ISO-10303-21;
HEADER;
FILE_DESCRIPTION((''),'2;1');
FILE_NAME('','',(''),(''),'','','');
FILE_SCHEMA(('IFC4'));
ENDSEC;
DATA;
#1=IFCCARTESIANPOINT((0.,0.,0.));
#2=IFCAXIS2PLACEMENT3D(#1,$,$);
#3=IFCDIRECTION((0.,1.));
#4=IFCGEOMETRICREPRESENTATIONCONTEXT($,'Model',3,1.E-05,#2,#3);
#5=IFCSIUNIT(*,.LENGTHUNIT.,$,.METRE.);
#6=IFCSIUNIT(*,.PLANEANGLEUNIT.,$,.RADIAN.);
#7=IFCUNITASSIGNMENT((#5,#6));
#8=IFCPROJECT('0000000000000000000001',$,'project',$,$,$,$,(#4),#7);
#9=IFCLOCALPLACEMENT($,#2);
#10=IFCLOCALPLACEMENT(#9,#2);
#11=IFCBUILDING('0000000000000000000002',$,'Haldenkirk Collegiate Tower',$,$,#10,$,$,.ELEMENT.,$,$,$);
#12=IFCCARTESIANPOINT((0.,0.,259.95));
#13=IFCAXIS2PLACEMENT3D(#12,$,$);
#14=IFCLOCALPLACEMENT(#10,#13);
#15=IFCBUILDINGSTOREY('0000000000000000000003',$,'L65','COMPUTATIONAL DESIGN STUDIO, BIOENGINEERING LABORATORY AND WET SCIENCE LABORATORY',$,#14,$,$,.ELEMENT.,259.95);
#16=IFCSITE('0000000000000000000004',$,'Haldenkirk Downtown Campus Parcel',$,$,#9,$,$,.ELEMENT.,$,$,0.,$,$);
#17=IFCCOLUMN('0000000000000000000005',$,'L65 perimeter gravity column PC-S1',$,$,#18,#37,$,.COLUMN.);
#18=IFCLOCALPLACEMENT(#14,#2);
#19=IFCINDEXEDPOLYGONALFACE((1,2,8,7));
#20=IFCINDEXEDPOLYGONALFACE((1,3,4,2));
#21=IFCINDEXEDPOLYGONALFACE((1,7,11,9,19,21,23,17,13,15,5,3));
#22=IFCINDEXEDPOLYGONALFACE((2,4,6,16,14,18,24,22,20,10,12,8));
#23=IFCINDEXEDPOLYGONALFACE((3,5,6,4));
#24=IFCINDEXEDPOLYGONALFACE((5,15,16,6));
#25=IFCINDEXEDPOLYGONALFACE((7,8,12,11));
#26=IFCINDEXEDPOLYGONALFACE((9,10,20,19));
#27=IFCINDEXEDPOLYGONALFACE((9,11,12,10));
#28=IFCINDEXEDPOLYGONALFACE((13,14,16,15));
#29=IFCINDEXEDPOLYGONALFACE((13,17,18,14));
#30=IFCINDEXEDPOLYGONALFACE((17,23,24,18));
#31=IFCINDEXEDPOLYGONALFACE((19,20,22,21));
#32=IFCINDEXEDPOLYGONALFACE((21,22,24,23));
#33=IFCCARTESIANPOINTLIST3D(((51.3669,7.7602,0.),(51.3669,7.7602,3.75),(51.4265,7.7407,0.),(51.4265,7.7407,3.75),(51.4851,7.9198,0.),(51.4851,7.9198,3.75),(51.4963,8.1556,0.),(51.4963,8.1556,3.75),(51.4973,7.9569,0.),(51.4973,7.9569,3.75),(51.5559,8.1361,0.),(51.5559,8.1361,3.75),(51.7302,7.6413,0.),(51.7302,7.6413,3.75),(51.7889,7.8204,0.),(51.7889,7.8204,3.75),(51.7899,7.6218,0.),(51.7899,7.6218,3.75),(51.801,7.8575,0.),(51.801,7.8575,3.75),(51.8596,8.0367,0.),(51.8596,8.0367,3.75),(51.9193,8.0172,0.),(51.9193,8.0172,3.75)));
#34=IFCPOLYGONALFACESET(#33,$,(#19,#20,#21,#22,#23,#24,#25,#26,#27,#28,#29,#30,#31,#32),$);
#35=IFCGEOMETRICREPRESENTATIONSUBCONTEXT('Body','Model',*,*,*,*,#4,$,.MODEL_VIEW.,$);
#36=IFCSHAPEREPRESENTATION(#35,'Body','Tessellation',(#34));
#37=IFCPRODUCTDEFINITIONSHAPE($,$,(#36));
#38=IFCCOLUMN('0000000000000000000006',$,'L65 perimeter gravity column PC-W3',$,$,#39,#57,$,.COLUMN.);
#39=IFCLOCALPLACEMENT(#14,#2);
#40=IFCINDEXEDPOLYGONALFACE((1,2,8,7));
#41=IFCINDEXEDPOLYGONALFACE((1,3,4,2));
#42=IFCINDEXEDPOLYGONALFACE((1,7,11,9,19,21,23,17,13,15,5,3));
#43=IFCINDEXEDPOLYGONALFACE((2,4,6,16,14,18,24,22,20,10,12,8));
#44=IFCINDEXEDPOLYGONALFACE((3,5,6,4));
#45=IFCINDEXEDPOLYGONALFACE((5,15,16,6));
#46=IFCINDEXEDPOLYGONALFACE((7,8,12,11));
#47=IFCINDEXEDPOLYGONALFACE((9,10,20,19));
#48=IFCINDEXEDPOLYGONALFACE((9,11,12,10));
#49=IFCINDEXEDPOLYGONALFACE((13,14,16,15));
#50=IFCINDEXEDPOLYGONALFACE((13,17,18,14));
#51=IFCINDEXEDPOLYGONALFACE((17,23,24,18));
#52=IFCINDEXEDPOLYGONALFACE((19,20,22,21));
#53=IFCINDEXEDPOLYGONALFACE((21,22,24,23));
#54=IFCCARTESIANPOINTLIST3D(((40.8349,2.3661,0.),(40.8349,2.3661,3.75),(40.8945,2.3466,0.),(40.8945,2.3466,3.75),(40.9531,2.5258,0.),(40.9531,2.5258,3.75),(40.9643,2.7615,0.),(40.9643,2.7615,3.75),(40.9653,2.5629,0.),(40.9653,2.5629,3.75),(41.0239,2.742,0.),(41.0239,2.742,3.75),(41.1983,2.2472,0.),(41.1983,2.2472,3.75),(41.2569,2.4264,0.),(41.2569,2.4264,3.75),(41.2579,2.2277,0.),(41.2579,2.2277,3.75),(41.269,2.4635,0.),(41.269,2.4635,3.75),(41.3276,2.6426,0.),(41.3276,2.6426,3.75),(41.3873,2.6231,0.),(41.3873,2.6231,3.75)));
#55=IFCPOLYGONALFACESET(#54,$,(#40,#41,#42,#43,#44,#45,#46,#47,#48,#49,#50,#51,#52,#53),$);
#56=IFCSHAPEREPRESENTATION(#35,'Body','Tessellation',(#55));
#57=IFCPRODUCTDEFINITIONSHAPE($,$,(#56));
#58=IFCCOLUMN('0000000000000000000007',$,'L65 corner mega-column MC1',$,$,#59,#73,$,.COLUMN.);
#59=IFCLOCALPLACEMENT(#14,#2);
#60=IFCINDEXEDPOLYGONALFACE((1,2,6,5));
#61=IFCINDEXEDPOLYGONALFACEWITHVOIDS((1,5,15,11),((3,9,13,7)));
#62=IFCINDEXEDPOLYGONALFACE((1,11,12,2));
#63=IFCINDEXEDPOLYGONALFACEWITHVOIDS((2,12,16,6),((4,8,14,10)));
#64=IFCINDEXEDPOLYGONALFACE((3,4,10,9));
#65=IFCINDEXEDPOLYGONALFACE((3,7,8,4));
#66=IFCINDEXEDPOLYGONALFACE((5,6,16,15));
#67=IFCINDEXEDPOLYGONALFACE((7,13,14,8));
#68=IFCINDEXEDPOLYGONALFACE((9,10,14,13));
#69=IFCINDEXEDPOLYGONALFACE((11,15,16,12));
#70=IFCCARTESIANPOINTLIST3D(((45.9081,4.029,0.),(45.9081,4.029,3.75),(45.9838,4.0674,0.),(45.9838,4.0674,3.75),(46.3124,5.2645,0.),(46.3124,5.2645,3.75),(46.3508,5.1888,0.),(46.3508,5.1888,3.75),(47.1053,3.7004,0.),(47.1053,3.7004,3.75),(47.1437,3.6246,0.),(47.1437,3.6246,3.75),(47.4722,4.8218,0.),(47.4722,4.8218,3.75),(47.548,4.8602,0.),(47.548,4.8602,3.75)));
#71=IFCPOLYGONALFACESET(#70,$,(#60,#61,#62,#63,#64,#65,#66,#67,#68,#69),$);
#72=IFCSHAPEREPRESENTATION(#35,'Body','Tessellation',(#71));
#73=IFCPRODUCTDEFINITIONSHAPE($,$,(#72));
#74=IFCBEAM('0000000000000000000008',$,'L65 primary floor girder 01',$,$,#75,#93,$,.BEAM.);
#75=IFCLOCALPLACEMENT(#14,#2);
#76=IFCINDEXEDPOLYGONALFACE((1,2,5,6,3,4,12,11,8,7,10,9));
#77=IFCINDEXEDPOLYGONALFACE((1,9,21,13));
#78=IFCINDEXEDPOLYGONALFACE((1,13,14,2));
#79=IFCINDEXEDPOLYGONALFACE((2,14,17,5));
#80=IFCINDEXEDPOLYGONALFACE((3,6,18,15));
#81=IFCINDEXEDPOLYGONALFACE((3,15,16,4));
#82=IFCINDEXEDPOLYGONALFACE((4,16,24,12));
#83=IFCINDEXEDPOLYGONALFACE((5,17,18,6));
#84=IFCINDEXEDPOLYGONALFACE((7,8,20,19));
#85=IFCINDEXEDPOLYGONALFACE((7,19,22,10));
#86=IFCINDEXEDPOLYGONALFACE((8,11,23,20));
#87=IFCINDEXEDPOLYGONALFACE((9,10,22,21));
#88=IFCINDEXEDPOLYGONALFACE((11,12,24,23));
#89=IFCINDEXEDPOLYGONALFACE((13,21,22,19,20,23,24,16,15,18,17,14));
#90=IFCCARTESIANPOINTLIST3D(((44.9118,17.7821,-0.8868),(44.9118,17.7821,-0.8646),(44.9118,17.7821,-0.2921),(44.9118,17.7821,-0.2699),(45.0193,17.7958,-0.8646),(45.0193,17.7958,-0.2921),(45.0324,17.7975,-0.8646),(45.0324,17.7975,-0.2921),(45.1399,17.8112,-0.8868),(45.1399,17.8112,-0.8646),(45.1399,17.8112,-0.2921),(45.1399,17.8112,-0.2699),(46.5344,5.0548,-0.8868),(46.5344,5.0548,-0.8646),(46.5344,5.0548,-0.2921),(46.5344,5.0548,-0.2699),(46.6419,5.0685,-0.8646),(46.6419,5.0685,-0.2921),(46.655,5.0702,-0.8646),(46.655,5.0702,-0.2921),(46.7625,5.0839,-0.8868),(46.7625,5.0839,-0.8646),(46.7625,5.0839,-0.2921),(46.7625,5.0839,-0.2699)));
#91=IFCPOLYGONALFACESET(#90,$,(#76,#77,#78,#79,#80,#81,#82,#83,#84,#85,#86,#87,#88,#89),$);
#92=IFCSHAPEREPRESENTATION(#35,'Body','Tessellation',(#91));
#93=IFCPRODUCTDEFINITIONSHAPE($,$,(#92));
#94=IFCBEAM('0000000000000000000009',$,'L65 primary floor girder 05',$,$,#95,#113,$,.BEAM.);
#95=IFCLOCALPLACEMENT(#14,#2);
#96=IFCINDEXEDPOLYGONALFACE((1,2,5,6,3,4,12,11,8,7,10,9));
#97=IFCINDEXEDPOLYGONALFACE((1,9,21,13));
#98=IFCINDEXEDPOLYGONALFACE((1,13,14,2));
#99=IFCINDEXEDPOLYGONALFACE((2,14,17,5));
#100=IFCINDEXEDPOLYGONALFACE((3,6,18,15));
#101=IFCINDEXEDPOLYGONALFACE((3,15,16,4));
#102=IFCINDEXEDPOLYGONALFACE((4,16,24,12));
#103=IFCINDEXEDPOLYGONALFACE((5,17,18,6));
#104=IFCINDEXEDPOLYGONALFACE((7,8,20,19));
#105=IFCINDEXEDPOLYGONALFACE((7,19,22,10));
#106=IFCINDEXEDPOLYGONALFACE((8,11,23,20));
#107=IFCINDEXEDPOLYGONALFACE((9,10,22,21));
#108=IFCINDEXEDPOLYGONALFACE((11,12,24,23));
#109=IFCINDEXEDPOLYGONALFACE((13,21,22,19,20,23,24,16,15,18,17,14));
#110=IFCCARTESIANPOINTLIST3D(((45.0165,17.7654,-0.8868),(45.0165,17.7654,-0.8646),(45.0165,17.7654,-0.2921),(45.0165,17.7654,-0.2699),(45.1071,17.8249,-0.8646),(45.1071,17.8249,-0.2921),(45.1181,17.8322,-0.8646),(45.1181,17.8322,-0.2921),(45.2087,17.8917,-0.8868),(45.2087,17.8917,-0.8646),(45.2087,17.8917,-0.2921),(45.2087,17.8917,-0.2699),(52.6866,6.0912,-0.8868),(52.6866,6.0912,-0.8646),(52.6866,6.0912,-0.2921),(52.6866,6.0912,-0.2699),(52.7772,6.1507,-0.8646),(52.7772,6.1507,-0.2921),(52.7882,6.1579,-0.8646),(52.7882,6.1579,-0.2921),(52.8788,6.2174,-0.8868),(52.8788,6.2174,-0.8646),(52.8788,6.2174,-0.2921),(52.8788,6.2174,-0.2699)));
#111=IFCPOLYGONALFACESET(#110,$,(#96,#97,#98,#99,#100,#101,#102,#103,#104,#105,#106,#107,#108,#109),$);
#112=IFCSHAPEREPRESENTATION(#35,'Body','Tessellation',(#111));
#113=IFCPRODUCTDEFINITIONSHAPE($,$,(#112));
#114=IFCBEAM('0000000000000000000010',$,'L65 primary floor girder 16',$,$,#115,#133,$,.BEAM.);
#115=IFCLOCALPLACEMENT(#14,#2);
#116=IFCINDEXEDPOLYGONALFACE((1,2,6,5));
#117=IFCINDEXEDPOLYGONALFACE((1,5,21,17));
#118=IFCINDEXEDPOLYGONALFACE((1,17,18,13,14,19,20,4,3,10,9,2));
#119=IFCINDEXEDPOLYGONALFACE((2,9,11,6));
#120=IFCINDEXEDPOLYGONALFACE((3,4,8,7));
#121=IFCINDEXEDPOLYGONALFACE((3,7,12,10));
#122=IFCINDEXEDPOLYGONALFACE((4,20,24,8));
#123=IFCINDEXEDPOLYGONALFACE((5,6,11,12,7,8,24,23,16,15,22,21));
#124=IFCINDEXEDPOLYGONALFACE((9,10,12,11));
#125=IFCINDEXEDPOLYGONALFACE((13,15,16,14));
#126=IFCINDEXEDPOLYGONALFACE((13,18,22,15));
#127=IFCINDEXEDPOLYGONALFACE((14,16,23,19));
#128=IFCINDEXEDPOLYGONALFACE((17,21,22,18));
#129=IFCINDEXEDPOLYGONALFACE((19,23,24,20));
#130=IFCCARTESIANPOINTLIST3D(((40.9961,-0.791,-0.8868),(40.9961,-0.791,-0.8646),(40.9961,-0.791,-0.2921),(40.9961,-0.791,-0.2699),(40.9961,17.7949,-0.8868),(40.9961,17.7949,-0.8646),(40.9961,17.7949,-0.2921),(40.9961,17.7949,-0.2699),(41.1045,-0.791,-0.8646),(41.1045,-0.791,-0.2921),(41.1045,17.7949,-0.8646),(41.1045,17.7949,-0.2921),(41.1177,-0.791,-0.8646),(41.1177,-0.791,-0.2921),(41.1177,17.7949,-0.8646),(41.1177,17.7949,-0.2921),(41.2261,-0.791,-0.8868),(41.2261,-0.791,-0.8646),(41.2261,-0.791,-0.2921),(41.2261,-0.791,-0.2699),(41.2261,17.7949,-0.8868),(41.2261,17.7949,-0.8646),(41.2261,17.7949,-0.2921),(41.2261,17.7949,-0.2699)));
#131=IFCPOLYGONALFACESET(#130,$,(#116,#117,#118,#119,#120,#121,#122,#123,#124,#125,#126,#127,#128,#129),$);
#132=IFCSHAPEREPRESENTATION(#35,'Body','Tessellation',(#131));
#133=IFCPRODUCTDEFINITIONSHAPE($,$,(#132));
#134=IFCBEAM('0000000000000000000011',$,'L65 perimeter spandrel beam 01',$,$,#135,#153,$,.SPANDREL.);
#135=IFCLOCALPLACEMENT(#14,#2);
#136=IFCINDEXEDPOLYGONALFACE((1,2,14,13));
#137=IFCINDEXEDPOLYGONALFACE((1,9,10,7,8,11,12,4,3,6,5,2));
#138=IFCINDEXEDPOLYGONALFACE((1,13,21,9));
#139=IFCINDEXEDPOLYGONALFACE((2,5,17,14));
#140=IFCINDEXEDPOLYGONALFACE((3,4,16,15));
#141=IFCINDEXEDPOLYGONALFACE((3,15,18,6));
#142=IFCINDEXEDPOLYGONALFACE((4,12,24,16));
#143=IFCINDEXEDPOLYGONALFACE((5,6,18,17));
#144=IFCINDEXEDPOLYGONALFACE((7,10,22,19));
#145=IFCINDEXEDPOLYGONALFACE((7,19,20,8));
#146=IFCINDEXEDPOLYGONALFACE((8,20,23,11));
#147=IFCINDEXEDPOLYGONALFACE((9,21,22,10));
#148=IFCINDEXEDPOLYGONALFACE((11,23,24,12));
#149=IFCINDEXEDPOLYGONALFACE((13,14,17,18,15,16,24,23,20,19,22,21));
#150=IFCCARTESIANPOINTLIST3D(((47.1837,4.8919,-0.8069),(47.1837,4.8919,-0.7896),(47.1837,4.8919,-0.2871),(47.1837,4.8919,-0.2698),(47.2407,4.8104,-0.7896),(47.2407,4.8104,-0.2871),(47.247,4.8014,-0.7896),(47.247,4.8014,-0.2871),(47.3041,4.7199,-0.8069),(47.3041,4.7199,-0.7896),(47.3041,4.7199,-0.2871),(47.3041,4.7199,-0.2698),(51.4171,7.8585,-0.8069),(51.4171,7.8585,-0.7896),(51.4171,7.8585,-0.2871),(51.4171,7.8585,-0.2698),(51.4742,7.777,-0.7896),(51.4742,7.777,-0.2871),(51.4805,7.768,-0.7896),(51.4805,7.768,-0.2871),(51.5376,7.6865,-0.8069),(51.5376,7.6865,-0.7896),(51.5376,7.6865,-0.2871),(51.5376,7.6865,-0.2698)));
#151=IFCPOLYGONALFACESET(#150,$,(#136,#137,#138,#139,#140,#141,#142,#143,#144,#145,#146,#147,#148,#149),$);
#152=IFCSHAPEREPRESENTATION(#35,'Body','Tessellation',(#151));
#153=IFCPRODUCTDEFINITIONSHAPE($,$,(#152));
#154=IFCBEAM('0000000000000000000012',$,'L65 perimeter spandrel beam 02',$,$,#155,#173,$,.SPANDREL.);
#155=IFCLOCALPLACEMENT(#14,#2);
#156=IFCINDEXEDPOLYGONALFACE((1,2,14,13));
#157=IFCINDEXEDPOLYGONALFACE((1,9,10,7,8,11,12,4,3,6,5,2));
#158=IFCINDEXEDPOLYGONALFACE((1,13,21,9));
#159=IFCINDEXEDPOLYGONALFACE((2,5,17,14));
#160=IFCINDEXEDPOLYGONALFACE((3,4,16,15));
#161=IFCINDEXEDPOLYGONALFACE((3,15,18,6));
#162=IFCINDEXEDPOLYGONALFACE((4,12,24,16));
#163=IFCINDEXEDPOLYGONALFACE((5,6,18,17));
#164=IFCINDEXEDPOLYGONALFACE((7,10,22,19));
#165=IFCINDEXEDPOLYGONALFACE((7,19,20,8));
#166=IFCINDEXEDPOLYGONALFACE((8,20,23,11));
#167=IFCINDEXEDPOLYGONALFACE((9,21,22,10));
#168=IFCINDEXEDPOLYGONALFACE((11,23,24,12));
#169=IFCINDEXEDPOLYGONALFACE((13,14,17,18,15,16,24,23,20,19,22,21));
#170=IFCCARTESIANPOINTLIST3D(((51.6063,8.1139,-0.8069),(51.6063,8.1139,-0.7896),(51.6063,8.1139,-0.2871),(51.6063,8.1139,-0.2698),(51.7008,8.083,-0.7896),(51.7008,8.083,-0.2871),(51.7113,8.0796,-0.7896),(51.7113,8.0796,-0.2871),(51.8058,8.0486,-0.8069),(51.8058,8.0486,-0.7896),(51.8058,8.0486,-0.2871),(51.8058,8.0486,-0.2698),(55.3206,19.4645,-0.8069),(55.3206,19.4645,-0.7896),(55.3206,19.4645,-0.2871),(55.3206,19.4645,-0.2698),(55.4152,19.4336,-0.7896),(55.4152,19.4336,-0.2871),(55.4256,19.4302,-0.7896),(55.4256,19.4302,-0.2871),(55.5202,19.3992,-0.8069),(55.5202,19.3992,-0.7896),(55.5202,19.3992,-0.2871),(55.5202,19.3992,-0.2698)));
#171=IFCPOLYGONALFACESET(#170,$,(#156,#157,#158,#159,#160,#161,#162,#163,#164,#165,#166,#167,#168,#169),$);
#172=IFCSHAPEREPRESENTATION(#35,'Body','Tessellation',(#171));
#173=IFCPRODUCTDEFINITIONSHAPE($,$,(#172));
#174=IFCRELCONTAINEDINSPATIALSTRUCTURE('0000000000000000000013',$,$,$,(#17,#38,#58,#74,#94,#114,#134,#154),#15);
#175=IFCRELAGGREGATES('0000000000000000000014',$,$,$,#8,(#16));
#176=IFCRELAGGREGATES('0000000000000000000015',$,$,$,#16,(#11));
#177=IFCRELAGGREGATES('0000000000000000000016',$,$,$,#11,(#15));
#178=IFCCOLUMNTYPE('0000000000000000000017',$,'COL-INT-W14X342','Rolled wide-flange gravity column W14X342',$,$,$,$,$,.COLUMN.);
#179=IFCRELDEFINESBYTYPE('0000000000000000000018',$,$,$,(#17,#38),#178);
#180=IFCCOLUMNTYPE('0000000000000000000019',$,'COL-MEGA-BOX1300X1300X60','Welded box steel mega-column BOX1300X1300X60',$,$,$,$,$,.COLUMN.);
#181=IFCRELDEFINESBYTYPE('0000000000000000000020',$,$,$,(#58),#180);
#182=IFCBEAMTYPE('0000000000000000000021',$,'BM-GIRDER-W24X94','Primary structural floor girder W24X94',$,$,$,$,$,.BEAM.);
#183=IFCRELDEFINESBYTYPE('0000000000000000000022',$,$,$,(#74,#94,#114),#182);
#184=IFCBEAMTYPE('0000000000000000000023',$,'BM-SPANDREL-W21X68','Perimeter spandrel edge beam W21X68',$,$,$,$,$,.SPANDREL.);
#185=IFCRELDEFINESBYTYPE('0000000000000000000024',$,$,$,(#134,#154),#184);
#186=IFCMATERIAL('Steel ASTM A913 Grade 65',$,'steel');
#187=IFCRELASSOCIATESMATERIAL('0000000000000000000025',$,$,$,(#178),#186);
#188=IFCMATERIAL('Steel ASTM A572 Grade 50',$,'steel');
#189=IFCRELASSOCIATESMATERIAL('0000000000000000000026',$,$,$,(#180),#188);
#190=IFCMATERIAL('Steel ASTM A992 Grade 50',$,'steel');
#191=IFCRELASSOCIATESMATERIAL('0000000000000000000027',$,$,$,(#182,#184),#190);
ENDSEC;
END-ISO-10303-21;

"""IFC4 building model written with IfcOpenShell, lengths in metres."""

from ifc_helpers import new_model, si_unit, direction, frame, origin, origin_2d, place, context, subcontext, project, spatial, hollow_rectangle, i_section, extrude, material, material_profile, profile_set, type_object, element, save


model = new_model("IFC4")

# Units and contexts
model_context = context("Model", 3, precision=1e-05, world=origin(), true_north=direction((0.0, 1.0)))
body_context = subcontext(model_context, "Body", "Model", "MODEL_VIEW")
ifc_project = project(units=[si_unit("LENGTHUNIT", "METRE"), si_unit("PLANEANGLEUNIT", "RADIAN")], contexts=[model_context])

# Site, building, storey
site_placement = place(None, origin())
site = spatial("IfcSite", under=ifc_project, at=site_placement, Name="Haldenkirk Downtown Campus Parcel", CompositionType="ELEMENT", RefElevation=0.0)
building_placement = place(site_placement, origin())
building = spatial("IfcBuilding", under=site, at=building_placement, Name="Haldenkirk Collegiate Tower", CompositionType="ELEMENT")
storey_placement = place(building_placement, frame((0.0, 0.0, 259.95)))
storey = spatial("IfcBuildingStorey", under=building, at=storey_placement, Name="L65", Description="COMPUTATIONAL DESIGN STUDIO, BIOENGINEERING LABORATORY AND WET SCIENCE LABORATORY", CompositionType="ELEMENT", Elevation=259.95)

# Columns
ifc_material_1 = material(Name="Steel ASTM A913 Grade 65", Category="steel")
ifc_material_profile_1 = material_profile(ifc_material_1, i_section(OverallWidth=0.416, OverallDepth=0.4451, WebThickness=0.0391, FlangeThickness=0.0627, at=origin_2d()), Name="W14X342")
ifc_profile_set_1 = profile_set([ifc_material_profile_1], Name="Steel ASTM A913 Grade 65")
column_type_1 = type_object("IfcColumnType", Name="COL-INT-W14X342", Description="Rolled wide-flange gravity column W14X342", PredefinedType="COLUMN", material=ifc_profile_set_1)
for number, where, z_axis, x_axis, name in (
    (1, (51.6431, 7.8887, 0.0), (0.0, 0.0, 1.0), (0.311008, 0.950407, 0.0), "L65 perimeter gravity column PC-S1"),
    (2, (41.1111, 2.4946, 0.0), (0.0, 0.0, 1.0), (0.311008, 0.950407, 0.0), "L65 perimeter gravity column PC-W3"),
):
    element("IfcColumn", number, at=place(storey_placement, frame(where, z_axis=z_axis, x_axis=x_axis)), inside=storey, type_object=column_type_1, Name=name, PredefinedType="COLUMN", context=body_context, shape_type="SweptSolid", body=[
        extrude(i_section(OverallWidth=0.416, OverallDepth=0.4451, WebThickness=0.0391, FlangeThickness=0.0627, at=origin_2d()), origin(), (0.0, 0.0, 1.0), 3.75),
    ])
ifc_material_2 = material(Name="Steel ASTM A572 Grade 50", Category="steel")
ifc_material_profile_2 = material_profile(ifc_material_2, hollow_rectangle(XDim=1.3, YDim=1.3, WallThickness=0.0601, at=origin_2d()), Name="BOX1300X1300X60")
ifc_profile_set_2 = profile_set([ifc_material_profile_2], Name="Steel ASTM A572 Grade 50")
column_type_2 = type_object("IfcColumnType", Name="COL-MEGA-BOX1300X1300X60", Description="Welded box steel mega-column BOX1300X1300X60", PredefinedType="COLUMN", material=ifc_profile_set_2)
column_placement = place(storey_placement, frame((46.728, 4.4446, 0.0), z_axis=(0.0, 0.0, 1.0), x_axis=(0.311008, 0.950407, 0.0)))
element("IfcColumn", 3, at=column_placement, inside=storey, type_object=column_type_2, Name="L65 corner mega-column MC1", PredefinedType="COLUMN", context=body_context, shape_type="SweptSolid", body=[
    extrude(hollow_rectangle(XDim=1.3, YDim=1.3, WallThickness=0.0601, at=origin_2d()), origin(), (0.0, 0.0, 1.0), 3.75),
])

# Beams
ifc_material_3 = material(Name="Steel ASTM A992 Grade 50", Category="steel")
ifc_material_profile_3 = material_profile(ifc_material_3, i_section(OverallWidth=0.23, OverallDepth=0.6169, WebThickness=0.0132, FlangeThickness=0.0222, at=origin_2d()), Name="W24X94")
ifc_profile_set_3 = profile_set([ifc_material_profile_3], Name="Steel ASTM A992 Grade 50")
beam_type_1 = type_object("IfcBeamType", Name="BM-GIRDER-W24X94", Description="Primary structural floor girder W24X94", PredefinedType="BEAM", material=ifc_profile_set_3)
beam_1_placement = place(storey_placement, frame((46.6484, 5.0693, -0.5784), z_axis=(-0.126463, 0.991971, 0.0), x_axis=(-0.991971, -0.126463, 0.0)))
element("IfcBeam", 4, at=beam_1_placement, inside=storey, type_object=beam_type_1, Name="L65 primary floor girder 01", PredefinedType="BEAM", context=body_context, shape_type="SweptSolid", body=[
    extrude(i_section(OverallWidth=0.23, OverallDepth=0.6169, WebThickness=0.0132, FlangeThickness=0.0222, at=origin_2d()), origin(), (0.0, 0.0, 1.0), 12.8303),
])
beam_2_placement = place(storey_placement, frame((52.7827, 6.1543, -0.5784), z_axis=(-0.549102, 0.835756, 0.0), x_axis=(-0.835756, -0.549102, 0.0)))
element("IfcBeam", 5, at=beam_2_placement, inside=storey, type_object=beam_type_1, Name="L65 primary floor girder 05", PredefinedType="BEAM", context=body_context, shape_type="SweptSolid", body=[
    extrude(i_section(OverallWidth=0.23, OverallDepth=0.6169, WebThickness=0.0132, FlangeThickness=0.0222, at=origin_2d()), origin(), (0.0, 0.0, 1.0), 13.9685),
])
beam_3_placement = place(storey_placement, frame((41.1111, -0.791, -0.5784), z_axis=(0.0, 1.0, 0.0), x_axis=(-1.0, 0.0, 0.0)))
element("IfcBeam", 6, at=beam_3_placement, inside=storey, type_object=beam_type_1, Name="L65 primary floor girder 16", PredefinedType="BEAM", context=body_context, shape_type="SweptSolid", body=[
    extrude(i_section(OverallWidth=0.23, OverallDepth=0.6169, WebThickness=0.0132, FlangeThickness=0.0222, at=origin_2d()), origin(), (0.0, 0.0, 1.0), 18.5859),
])
ifc_material_profile_4 = material_profile(ifc_material_3, i_section(OverallWidth=0.21, OverallDepth=0.5371, WebThickness=0.011, FlangeThickness=0.0173, at=origin_2d()), Name="W21X68")
ifc_profile_set_4 = profile_set([ifc_material_profile_4], Name="Steel ASTM A992 Grade 50")
beam_type_2 = type_object("IfcBeamType", Name="BM-SPANDREL-W21X68", Description="Perimeter spandrel edge beam W21X68", PredefinedType="SPANDREL", material=ifc_profile_set_4)
beam_4_placement = place(storey_placement, frame((47.2439, 4.8059, -0.5383), z_axis=(0.818943, 0.573874, 0.0), x_axis=(-0.573874, 0.818943, 0.0)))
element("IfcBeam", 7, at=beam_4_placement, inside=storey, type_object=beam_type_2, Name="L65 perimeter spandrel beam 01", PredefinedType="SPANDREL", context=body_context, shape_type="SweptSolid", body=[
    extrude(i_section(OverallWidth=0.21, OverallDepth=0.5371, WebThickness=0.011, FlangeThickness=0.0173, at=origin_2d()), origin(), (0.0, 0.0, 1.0), 5.1694),
])
beam_5_placement = place(storey_placement, frame((51.7061, 8.0813, -0.5383), z_axis=(0.31101, 0.950407, 0.0), x_axis=(-0.950407, 0.31101, 0.0)))
element("IfcBeam", 8, at=beam_5_placement, inside=storey, type_object=beam_type_2, Name="L65 perimeter spandrel beam 02", PredefinedType="SPANDREL", context=body_context, shape_type="SweptSolid", body=[
    extrude(i_section(OverallWidth=0.21, OverallDepth=0.5371, WebThickness=0.011, FlangeThickness=0.0173, at=origin_2d()), origin(), (0.0, 0.0, 1.0), 11.9429),
])

save(model, "model.ifc")
